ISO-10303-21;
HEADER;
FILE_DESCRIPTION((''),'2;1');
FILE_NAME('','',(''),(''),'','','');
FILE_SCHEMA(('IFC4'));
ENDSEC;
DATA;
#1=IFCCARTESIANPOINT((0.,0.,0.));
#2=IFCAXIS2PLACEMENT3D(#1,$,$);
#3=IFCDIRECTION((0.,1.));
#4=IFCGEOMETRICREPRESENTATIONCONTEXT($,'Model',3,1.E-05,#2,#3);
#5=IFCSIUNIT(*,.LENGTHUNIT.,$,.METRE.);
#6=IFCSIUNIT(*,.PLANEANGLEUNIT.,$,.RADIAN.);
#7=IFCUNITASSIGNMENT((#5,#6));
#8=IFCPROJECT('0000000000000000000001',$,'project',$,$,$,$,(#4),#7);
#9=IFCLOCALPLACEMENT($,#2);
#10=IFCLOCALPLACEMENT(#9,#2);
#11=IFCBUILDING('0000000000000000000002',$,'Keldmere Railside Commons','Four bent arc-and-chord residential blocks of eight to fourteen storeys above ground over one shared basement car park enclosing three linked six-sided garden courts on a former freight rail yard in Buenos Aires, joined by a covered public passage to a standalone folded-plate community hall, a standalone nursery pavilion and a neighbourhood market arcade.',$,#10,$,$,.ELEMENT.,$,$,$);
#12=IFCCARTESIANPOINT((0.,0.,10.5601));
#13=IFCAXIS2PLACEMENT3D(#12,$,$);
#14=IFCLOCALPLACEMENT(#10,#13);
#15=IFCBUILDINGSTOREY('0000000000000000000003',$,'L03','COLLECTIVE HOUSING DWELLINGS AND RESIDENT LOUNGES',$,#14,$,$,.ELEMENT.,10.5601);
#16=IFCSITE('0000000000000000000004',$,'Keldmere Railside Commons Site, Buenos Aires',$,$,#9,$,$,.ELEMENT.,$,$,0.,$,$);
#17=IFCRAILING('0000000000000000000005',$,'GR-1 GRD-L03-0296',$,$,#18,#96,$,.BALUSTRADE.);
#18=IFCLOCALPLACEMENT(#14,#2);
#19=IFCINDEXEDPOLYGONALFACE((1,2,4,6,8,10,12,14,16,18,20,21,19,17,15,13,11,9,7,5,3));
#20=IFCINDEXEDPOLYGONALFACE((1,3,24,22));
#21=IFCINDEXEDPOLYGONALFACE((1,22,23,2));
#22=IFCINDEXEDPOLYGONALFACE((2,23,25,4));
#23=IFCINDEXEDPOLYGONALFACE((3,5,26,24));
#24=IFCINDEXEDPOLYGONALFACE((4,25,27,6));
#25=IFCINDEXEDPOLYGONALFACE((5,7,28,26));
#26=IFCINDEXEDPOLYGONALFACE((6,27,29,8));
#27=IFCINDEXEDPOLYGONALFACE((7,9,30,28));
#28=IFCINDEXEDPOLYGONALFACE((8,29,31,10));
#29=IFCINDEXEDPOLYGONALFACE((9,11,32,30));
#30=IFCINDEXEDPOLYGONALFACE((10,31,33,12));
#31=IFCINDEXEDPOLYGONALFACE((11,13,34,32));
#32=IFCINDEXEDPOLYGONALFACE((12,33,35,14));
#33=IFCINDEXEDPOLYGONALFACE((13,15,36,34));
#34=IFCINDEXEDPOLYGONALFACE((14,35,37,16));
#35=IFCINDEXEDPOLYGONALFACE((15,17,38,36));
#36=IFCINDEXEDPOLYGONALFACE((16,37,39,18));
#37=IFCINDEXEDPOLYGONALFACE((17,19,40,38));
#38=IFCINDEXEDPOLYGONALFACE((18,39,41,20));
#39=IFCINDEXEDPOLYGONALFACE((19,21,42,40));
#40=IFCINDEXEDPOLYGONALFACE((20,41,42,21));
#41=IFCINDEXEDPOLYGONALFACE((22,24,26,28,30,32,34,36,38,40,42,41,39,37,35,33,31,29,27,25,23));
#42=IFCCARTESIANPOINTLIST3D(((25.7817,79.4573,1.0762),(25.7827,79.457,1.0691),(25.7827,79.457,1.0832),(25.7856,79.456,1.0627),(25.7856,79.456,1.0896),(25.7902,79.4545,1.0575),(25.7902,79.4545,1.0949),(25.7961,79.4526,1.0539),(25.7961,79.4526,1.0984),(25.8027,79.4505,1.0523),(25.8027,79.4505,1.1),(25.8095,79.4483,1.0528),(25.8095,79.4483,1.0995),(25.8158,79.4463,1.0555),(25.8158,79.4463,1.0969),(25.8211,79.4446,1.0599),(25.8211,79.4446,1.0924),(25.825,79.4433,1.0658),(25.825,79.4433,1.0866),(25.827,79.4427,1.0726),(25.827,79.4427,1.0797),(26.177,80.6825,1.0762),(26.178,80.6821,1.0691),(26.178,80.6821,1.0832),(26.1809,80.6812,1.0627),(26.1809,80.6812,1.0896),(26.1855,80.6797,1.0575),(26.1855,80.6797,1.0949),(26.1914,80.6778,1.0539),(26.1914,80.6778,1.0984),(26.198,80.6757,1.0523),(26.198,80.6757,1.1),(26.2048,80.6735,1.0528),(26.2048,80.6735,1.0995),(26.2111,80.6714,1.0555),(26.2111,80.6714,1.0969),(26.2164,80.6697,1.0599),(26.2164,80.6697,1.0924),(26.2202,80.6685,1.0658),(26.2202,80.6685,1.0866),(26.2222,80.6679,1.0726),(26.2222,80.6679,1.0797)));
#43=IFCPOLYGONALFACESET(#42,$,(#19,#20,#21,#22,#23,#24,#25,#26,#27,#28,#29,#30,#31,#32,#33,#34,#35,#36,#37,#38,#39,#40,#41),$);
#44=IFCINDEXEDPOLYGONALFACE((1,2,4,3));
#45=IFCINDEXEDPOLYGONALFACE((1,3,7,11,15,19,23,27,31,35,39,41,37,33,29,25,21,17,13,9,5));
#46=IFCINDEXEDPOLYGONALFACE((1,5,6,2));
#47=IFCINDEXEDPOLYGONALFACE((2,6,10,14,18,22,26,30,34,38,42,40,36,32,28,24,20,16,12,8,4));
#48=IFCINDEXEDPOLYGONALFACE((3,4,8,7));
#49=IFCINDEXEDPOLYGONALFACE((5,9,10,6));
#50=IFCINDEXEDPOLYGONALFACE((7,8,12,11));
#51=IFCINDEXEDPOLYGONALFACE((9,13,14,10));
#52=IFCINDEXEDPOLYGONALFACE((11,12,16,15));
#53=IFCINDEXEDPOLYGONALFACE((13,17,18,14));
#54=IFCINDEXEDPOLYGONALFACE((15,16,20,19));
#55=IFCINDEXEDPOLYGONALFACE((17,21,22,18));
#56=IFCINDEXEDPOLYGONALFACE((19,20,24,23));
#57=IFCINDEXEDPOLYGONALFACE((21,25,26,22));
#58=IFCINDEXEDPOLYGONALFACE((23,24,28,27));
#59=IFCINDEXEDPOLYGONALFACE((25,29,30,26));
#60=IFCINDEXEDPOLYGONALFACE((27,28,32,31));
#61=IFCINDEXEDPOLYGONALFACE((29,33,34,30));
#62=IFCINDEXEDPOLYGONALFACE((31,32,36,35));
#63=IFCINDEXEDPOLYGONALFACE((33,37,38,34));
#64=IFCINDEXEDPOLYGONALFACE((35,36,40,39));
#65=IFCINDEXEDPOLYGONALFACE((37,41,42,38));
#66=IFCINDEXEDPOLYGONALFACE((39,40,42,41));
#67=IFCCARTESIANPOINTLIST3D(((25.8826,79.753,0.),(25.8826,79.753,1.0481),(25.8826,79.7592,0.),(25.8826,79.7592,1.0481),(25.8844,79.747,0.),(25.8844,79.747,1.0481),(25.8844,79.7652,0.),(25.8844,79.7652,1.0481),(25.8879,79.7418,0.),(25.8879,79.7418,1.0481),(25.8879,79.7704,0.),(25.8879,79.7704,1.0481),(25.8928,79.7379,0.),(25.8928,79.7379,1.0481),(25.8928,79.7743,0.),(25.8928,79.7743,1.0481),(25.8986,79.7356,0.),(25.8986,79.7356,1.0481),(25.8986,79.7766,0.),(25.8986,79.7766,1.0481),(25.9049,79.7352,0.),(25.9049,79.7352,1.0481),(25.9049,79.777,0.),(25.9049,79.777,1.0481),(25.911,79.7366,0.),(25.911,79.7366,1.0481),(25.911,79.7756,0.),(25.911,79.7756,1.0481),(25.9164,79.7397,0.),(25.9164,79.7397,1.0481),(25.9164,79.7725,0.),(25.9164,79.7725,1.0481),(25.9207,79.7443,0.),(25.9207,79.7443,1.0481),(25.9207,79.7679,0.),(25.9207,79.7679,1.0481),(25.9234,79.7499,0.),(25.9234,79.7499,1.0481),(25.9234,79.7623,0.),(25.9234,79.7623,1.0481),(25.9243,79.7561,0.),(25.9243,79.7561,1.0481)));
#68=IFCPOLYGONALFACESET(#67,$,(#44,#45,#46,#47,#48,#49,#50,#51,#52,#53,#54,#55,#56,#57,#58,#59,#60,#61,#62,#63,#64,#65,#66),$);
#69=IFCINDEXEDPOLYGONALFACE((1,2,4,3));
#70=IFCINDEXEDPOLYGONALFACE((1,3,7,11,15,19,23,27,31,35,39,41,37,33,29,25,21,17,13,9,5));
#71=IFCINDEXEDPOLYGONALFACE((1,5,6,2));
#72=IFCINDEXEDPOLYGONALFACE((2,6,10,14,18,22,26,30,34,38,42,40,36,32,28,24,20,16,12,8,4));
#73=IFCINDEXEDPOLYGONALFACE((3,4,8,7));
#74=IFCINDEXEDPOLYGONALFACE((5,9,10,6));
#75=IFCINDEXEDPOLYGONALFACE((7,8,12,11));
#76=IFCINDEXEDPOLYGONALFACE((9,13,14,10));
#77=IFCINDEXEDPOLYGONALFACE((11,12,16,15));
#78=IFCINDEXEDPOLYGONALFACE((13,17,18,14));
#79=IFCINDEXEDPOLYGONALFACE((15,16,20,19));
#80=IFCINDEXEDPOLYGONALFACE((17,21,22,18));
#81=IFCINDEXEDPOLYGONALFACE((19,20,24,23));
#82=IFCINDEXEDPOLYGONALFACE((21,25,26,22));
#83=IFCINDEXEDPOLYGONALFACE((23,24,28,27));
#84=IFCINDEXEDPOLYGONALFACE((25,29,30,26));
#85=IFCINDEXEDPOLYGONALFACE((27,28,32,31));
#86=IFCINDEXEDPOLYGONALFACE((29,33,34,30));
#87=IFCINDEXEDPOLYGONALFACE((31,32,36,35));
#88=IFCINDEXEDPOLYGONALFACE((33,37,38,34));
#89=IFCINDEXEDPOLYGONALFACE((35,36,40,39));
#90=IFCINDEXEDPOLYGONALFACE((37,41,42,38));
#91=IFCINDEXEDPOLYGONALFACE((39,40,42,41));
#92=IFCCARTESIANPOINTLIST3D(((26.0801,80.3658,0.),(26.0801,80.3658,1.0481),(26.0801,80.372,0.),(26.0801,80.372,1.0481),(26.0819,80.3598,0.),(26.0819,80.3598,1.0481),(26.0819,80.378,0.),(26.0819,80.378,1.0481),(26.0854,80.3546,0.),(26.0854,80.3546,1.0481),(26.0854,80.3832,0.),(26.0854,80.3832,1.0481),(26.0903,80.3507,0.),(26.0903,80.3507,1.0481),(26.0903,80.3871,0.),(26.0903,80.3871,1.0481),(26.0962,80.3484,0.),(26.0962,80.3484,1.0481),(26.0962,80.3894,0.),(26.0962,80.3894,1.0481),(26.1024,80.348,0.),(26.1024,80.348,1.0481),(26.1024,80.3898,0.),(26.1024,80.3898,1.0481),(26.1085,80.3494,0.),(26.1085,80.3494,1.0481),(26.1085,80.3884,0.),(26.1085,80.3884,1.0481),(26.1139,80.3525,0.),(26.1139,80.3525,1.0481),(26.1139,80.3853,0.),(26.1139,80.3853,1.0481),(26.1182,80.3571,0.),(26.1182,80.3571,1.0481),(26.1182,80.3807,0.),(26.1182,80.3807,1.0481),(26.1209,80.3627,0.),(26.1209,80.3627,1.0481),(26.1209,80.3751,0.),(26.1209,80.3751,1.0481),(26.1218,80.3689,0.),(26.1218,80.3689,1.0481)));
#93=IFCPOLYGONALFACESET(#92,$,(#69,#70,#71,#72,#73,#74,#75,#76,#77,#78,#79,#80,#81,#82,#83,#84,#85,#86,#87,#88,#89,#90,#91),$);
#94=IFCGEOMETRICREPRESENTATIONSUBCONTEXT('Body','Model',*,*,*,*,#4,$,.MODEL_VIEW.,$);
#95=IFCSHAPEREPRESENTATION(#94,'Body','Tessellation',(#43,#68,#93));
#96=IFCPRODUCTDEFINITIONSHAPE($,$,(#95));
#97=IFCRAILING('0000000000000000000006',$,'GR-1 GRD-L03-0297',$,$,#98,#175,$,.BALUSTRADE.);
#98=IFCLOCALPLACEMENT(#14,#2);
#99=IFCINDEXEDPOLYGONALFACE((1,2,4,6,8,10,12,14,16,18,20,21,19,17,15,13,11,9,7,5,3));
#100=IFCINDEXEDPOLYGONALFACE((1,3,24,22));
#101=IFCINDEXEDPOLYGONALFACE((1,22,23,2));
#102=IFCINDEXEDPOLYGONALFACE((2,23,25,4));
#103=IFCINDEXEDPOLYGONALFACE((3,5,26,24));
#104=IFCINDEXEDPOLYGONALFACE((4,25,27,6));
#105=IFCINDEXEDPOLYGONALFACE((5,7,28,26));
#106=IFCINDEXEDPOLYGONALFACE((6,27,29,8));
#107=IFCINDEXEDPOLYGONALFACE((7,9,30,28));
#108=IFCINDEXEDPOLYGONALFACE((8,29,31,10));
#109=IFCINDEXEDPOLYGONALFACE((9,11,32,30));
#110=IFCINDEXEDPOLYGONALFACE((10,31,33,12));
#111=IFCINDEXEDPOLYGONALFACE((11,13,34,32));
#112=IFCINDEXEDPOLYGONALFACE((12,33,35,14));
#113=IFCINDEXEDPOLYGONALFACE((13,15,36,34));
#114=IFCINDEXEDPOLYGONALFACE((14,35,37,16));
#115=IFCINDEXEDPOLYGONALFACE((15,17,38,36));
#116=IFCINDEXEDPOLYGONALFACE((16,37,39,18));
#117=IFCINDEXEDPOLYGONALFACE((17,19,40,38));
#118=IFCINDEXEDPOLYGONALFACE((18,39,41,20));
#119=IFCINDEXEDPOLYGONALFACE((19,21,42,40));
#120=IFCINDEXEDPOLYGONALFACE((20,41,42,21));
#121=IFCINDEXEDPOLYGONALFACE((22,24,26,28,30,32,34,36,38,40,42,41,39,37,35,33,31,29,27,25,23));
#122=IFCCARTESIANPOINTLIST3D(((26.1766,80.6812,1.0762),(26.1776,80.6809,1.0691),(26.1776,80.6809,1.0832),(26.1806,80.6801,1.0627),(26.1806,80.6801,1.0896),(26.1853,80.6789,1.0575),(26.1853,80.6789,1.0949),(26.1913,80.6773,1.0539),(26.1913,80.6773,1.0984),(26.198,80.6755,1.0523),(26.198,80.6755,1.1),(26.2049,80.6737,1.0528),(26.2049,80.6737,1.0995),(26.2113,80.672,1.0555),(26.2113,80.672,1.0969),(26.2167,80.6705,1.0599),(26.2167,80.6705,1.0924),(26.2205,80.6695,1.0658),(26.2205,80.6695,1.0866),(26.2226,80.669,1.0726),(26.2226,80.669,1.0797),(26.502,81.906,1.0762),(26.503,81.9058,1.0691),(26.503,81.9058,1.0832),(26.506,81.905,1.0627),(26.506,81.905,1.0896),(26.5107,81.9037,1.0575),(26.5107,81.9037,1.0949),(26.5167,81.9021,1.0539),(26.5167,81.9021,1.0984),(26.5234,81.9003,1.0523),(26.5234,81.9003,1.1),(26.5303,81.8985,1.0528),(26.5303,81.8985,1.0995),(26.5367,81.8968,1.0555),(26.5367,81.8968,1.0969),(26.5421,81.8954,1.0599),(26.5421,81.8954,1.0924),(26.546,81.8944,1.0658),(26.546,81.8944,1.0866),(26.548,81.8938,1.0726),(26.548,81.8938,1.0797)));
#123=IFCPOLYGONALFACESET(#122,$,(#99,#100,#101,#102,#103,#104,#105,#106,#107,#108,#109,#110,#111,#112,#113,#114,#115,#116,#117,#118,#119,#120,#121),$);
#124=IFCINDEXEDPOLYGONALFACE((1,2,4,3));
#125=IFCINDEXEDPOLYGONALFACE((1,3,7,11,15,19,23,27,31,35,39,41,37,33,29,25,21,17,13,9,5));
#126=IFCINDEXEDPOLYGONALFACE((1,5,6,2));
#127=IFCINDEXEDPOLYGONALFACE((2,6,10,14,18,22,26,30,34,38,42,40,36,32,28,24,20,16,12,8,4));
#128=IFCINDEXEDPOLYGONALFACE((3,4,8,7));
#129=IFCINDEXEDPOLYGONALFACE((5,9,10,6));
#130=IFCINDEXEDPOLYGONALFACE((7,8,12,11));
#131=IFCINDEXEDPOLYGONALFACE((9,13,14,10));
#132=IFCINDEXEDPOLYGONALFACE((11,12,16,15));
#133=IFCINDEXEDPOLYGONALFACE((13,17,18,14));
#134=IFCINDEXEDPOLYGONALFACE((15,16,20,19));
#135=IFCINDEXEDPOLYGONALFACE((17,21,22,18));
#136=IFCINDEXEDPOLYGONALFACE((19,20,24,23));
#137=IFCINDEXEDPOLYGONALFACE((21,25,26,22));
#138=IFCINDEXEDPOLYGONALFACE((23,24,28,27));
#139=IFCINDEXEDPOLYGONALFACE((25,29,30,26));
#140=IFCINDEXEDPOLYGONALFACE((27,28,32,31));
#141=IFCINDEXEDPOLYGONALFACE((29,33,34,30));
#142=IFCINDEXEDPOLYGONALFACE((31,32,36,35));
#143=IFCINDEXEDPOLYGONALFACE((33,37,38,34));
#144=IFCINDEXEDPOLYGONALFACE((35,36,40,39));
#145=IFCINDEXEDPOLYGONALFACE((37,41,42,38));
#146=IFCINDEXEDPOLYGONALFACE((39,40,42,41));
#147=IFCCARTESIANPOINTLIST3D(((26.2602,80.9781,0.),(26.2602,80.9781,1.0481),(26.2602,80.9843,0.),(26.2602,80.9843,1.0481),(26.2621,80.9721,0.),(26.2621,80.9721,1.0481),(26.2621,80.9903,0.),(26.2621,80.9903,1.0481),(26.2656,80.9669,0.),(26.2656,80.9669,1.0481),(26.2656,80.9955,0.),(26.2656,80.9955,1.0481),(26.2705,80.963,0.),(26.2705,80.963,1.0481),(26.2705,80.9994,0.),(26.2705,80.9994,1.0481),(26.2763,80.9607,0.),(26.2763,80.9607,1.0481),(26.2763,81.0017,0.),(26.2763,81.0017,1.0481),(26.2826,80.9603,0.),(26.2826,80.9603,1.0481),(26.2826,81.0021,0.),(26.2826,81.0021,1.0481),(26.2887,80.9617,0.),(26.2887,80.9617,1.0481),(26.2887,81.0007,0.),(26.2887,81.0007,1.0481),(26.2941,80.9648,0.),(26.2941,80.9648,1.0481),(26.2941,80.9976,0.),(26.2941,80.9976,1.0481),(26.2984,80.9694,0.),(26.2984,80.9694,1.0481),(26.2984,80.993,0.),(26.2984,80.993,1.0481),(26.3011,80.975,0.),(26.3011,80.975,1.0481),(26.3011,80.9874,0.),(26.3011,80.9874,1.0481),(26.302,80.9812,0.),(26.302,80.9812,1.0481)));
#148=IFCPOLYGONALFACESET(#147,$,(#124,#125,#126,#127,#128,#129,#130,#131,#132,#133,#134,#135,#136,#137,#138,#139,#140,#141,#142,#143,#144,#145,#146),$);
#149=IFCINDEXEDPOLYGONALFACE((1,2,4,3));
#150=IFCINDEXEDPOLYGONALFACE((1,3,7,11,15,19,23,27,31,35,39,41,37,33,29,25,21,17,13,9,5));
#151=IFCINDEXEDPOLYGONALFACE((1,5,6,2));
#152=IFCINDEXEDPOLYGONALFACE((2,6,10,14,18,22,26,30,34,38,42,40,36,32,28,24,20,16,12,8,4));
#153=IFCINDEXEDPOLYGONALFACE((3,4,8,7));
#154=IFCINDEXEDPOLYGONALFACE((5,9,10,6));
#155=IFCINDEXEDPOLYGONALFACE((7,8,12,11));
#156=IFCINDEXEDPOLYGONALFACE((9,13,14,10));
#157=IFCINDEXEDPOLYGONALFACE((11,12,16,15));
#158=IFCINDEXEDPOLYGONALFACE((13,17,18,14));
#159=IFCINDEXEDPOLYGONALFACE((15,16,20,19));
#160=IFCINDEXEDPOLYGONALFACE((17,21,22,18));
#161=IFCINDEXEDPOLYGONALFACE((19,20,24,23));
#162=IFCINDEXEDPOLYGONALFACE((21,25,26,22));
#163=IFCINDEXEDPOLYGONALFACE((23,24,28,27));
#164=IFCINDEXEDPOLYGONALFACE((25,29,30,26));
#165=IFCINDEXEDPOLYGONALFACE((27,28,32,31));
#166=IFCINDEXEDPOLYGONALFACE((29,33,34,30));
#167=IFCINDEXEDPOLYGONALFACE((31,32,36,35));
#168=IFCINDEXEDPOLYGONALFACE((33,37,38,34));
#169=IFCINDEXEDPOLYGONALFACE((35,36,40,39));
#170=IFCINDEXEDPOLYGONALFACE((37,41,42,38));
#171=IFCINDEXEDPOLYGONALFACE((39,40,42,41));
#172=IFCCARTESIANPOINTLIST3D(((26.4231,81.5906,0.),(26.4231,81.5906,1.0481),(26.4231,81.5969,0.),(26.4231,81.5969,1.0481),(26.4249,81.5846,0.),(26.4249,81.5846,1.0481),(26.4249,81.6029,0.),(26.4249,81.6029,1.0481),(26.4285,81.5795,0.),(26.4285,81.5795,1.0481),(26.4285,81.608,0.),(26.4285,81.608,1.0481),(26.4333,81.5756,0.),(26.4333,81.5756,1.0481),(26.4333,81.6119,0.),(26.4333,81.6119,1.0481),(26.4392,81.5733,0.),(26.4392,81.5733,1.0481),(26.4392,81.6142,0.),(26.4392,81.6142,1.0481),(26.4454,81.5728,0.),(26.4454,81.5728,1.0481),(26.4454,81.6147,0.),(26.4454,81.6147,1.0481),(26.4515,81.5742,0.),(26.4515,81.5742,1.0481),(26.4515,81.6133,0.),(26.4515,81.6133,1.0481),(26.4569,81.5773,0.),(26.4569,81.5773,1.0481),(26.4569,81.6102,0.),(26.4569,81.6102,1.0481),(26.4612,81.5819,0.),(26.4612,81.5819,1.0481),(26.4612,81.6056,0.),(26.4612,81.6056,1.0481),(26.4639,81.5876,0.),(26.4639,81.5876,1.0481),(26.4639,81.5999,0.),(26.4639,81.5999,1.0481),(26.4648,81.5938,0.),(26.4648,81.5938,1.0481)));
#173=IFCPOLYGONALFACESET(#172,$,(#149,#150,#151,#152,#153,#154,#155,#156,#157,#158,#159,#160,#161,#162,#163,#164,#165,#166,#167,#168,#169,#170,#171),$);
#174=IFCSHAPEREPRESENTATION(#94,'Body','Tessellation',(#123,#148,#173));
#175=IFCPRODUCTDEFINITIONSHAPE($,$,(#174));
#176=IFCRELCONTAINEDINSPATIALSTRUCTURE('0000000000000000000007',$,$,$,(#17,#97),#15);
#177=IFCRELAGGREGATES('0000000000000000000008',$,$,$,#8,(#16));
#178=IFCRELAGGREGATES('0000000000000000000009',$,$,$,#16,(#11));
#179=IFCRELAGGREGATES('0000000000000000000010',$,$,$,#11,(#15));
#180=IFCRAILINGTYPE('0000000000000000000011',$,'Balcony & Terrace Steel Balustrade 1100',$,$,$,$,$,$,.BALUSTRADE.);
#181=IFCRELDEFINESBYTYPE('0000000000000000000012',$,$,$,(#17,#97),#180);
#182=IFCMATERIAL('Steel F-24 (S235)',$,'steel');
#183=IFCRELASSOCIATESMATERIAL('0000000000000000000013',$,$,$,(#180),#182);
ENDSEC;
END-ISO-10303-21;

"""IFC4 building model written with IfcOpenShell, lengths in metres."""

from ifc_helpers import new_model, si_unit, direction, frame, origin, origin_2d, place, context, subcontext, project, spatial, circle, extrude, material, type_object, element, save


model = new_model("IFC4")

# Units and contexts
model_context = context("Model", 3, precision=1e-05, world=origin(), true_north=direction((0.0, 1.0)))
body_context = subcontext(model_context, "Body", "Model", "MODEL_VIEW")
ifc_project = project(units=[si_unit("LENGTHUNIT", "METRE"), si_unit("PLANEANGLEUNIT", "RADIAN")], contexts=[model_context])

# Site, building, storey
site_placement = place(None, origin())
site = spatial("IfcSite", under=ifc_project, at=site_placement, Name="Keldmere Railside Commons Site, Buenos Aires", CompositionType="ELEMENT", RefElevation=0.0)
building_placement = place(site_placement, origin())
building = spatial("IfcBuilding", under=site, at=building_placement, Name="Keldmere Railside Commons", Description="Four bent arc-and-chord residential blocks of eight to fourteen storeys above ground over one shared basement car park enclosing three linked six-sided garden courts on a former freight rail yard in Buenos Aires, joined by a covered public passage to a standalone folded-plate community hall, a standalone nursery pavilion and a neighbourhood market arcade.", CompositionType="ELEMENT")
storey_placement = place(building_placement, frame((0.0, 0.0, 10.5601)))
storey = spatial("IfcBuildingStorey", under=building, at=storey_placement, Name="L03", Description="COLLECTIVE HOUSING DWELLINGS AND RESIDENT LOUNGES", CompositionType="ELEMENT", Elevation=10.5601)

# Railings
ifc_material_1 = material(Name="Steel F-24 (S235)", Category="steel")
railing_type = type_object("IfcRailingType", Name="Balcony & Terrace Steel Balustrade 1100", PredefinedType="BALUSTRADE", material=ifc_material_1)
railing_1_placement = place(storey_placement, frame((25.8044, 79.45, 0.0)))
element("IfcRailing", 1, at=railing_1_placement, inside=storey, type_object=railing_type, Name="GR-1 GRD-L03-0296", PredefinedType="BALUSTRADE", context=body_context, shape_type="SweptSolid", body=[
    extrude(circle(Radius=0.0239, at=origin_2d()), frame((0.0, 0.0, 1.0762), z_axis=(0.307053, 0.951693, 0.0), x_axis=(-0.951693, 0.307053, 0.0)), (0.0, 0.0, 1.0), 1.2874),
    extrude(circle(Radius=0.021, at=origin_2d()), frame((0.0989, 0.3062, 0.0)), (0.0, 0.0, 1.0), 1.0481),
    extrude(circle(Radius=0.021, at=origin_2d()), frame((0.2964, 0.9189, 0.0)), (0.0, 0.0, 1.0), 1.0481),
])
railing_2_placement = place(storey_placement, frame((26.1997, 80.675, 0.0)))
element("IfcRailing", 2, at=railing_2_placement, inside=storey, type_object=railing_type, Name="GR-1 GRD-L03-0297", PredefinedType="BALUSTRADE", context=body_context, shape_type="SweptSolid", body=[
    extrude(circle(Radius=0.0239, at=origin_2d()), frame((0.0, 0.0, 1.0762), z_axis=(0.256787, 0.966468, 0.0), x_axis=(-0.966468, 0.256787, 0.0)), (0.0, 0.0, 1.0), 1.2673),
    extrude(circle(Radius=0.021, at=origin_2d()), frame((0.0813, 0.3062, 0.0)), (0.0, 0.0, 1.0), 1.0481),
    extrude(circle(Radius=0.021, at=origin_2d()), frame((0.2441, 0.9187, 0.0)), (0.0, 0.0, 1.0), 1.0481),
])

save(model, "model.ifc")
